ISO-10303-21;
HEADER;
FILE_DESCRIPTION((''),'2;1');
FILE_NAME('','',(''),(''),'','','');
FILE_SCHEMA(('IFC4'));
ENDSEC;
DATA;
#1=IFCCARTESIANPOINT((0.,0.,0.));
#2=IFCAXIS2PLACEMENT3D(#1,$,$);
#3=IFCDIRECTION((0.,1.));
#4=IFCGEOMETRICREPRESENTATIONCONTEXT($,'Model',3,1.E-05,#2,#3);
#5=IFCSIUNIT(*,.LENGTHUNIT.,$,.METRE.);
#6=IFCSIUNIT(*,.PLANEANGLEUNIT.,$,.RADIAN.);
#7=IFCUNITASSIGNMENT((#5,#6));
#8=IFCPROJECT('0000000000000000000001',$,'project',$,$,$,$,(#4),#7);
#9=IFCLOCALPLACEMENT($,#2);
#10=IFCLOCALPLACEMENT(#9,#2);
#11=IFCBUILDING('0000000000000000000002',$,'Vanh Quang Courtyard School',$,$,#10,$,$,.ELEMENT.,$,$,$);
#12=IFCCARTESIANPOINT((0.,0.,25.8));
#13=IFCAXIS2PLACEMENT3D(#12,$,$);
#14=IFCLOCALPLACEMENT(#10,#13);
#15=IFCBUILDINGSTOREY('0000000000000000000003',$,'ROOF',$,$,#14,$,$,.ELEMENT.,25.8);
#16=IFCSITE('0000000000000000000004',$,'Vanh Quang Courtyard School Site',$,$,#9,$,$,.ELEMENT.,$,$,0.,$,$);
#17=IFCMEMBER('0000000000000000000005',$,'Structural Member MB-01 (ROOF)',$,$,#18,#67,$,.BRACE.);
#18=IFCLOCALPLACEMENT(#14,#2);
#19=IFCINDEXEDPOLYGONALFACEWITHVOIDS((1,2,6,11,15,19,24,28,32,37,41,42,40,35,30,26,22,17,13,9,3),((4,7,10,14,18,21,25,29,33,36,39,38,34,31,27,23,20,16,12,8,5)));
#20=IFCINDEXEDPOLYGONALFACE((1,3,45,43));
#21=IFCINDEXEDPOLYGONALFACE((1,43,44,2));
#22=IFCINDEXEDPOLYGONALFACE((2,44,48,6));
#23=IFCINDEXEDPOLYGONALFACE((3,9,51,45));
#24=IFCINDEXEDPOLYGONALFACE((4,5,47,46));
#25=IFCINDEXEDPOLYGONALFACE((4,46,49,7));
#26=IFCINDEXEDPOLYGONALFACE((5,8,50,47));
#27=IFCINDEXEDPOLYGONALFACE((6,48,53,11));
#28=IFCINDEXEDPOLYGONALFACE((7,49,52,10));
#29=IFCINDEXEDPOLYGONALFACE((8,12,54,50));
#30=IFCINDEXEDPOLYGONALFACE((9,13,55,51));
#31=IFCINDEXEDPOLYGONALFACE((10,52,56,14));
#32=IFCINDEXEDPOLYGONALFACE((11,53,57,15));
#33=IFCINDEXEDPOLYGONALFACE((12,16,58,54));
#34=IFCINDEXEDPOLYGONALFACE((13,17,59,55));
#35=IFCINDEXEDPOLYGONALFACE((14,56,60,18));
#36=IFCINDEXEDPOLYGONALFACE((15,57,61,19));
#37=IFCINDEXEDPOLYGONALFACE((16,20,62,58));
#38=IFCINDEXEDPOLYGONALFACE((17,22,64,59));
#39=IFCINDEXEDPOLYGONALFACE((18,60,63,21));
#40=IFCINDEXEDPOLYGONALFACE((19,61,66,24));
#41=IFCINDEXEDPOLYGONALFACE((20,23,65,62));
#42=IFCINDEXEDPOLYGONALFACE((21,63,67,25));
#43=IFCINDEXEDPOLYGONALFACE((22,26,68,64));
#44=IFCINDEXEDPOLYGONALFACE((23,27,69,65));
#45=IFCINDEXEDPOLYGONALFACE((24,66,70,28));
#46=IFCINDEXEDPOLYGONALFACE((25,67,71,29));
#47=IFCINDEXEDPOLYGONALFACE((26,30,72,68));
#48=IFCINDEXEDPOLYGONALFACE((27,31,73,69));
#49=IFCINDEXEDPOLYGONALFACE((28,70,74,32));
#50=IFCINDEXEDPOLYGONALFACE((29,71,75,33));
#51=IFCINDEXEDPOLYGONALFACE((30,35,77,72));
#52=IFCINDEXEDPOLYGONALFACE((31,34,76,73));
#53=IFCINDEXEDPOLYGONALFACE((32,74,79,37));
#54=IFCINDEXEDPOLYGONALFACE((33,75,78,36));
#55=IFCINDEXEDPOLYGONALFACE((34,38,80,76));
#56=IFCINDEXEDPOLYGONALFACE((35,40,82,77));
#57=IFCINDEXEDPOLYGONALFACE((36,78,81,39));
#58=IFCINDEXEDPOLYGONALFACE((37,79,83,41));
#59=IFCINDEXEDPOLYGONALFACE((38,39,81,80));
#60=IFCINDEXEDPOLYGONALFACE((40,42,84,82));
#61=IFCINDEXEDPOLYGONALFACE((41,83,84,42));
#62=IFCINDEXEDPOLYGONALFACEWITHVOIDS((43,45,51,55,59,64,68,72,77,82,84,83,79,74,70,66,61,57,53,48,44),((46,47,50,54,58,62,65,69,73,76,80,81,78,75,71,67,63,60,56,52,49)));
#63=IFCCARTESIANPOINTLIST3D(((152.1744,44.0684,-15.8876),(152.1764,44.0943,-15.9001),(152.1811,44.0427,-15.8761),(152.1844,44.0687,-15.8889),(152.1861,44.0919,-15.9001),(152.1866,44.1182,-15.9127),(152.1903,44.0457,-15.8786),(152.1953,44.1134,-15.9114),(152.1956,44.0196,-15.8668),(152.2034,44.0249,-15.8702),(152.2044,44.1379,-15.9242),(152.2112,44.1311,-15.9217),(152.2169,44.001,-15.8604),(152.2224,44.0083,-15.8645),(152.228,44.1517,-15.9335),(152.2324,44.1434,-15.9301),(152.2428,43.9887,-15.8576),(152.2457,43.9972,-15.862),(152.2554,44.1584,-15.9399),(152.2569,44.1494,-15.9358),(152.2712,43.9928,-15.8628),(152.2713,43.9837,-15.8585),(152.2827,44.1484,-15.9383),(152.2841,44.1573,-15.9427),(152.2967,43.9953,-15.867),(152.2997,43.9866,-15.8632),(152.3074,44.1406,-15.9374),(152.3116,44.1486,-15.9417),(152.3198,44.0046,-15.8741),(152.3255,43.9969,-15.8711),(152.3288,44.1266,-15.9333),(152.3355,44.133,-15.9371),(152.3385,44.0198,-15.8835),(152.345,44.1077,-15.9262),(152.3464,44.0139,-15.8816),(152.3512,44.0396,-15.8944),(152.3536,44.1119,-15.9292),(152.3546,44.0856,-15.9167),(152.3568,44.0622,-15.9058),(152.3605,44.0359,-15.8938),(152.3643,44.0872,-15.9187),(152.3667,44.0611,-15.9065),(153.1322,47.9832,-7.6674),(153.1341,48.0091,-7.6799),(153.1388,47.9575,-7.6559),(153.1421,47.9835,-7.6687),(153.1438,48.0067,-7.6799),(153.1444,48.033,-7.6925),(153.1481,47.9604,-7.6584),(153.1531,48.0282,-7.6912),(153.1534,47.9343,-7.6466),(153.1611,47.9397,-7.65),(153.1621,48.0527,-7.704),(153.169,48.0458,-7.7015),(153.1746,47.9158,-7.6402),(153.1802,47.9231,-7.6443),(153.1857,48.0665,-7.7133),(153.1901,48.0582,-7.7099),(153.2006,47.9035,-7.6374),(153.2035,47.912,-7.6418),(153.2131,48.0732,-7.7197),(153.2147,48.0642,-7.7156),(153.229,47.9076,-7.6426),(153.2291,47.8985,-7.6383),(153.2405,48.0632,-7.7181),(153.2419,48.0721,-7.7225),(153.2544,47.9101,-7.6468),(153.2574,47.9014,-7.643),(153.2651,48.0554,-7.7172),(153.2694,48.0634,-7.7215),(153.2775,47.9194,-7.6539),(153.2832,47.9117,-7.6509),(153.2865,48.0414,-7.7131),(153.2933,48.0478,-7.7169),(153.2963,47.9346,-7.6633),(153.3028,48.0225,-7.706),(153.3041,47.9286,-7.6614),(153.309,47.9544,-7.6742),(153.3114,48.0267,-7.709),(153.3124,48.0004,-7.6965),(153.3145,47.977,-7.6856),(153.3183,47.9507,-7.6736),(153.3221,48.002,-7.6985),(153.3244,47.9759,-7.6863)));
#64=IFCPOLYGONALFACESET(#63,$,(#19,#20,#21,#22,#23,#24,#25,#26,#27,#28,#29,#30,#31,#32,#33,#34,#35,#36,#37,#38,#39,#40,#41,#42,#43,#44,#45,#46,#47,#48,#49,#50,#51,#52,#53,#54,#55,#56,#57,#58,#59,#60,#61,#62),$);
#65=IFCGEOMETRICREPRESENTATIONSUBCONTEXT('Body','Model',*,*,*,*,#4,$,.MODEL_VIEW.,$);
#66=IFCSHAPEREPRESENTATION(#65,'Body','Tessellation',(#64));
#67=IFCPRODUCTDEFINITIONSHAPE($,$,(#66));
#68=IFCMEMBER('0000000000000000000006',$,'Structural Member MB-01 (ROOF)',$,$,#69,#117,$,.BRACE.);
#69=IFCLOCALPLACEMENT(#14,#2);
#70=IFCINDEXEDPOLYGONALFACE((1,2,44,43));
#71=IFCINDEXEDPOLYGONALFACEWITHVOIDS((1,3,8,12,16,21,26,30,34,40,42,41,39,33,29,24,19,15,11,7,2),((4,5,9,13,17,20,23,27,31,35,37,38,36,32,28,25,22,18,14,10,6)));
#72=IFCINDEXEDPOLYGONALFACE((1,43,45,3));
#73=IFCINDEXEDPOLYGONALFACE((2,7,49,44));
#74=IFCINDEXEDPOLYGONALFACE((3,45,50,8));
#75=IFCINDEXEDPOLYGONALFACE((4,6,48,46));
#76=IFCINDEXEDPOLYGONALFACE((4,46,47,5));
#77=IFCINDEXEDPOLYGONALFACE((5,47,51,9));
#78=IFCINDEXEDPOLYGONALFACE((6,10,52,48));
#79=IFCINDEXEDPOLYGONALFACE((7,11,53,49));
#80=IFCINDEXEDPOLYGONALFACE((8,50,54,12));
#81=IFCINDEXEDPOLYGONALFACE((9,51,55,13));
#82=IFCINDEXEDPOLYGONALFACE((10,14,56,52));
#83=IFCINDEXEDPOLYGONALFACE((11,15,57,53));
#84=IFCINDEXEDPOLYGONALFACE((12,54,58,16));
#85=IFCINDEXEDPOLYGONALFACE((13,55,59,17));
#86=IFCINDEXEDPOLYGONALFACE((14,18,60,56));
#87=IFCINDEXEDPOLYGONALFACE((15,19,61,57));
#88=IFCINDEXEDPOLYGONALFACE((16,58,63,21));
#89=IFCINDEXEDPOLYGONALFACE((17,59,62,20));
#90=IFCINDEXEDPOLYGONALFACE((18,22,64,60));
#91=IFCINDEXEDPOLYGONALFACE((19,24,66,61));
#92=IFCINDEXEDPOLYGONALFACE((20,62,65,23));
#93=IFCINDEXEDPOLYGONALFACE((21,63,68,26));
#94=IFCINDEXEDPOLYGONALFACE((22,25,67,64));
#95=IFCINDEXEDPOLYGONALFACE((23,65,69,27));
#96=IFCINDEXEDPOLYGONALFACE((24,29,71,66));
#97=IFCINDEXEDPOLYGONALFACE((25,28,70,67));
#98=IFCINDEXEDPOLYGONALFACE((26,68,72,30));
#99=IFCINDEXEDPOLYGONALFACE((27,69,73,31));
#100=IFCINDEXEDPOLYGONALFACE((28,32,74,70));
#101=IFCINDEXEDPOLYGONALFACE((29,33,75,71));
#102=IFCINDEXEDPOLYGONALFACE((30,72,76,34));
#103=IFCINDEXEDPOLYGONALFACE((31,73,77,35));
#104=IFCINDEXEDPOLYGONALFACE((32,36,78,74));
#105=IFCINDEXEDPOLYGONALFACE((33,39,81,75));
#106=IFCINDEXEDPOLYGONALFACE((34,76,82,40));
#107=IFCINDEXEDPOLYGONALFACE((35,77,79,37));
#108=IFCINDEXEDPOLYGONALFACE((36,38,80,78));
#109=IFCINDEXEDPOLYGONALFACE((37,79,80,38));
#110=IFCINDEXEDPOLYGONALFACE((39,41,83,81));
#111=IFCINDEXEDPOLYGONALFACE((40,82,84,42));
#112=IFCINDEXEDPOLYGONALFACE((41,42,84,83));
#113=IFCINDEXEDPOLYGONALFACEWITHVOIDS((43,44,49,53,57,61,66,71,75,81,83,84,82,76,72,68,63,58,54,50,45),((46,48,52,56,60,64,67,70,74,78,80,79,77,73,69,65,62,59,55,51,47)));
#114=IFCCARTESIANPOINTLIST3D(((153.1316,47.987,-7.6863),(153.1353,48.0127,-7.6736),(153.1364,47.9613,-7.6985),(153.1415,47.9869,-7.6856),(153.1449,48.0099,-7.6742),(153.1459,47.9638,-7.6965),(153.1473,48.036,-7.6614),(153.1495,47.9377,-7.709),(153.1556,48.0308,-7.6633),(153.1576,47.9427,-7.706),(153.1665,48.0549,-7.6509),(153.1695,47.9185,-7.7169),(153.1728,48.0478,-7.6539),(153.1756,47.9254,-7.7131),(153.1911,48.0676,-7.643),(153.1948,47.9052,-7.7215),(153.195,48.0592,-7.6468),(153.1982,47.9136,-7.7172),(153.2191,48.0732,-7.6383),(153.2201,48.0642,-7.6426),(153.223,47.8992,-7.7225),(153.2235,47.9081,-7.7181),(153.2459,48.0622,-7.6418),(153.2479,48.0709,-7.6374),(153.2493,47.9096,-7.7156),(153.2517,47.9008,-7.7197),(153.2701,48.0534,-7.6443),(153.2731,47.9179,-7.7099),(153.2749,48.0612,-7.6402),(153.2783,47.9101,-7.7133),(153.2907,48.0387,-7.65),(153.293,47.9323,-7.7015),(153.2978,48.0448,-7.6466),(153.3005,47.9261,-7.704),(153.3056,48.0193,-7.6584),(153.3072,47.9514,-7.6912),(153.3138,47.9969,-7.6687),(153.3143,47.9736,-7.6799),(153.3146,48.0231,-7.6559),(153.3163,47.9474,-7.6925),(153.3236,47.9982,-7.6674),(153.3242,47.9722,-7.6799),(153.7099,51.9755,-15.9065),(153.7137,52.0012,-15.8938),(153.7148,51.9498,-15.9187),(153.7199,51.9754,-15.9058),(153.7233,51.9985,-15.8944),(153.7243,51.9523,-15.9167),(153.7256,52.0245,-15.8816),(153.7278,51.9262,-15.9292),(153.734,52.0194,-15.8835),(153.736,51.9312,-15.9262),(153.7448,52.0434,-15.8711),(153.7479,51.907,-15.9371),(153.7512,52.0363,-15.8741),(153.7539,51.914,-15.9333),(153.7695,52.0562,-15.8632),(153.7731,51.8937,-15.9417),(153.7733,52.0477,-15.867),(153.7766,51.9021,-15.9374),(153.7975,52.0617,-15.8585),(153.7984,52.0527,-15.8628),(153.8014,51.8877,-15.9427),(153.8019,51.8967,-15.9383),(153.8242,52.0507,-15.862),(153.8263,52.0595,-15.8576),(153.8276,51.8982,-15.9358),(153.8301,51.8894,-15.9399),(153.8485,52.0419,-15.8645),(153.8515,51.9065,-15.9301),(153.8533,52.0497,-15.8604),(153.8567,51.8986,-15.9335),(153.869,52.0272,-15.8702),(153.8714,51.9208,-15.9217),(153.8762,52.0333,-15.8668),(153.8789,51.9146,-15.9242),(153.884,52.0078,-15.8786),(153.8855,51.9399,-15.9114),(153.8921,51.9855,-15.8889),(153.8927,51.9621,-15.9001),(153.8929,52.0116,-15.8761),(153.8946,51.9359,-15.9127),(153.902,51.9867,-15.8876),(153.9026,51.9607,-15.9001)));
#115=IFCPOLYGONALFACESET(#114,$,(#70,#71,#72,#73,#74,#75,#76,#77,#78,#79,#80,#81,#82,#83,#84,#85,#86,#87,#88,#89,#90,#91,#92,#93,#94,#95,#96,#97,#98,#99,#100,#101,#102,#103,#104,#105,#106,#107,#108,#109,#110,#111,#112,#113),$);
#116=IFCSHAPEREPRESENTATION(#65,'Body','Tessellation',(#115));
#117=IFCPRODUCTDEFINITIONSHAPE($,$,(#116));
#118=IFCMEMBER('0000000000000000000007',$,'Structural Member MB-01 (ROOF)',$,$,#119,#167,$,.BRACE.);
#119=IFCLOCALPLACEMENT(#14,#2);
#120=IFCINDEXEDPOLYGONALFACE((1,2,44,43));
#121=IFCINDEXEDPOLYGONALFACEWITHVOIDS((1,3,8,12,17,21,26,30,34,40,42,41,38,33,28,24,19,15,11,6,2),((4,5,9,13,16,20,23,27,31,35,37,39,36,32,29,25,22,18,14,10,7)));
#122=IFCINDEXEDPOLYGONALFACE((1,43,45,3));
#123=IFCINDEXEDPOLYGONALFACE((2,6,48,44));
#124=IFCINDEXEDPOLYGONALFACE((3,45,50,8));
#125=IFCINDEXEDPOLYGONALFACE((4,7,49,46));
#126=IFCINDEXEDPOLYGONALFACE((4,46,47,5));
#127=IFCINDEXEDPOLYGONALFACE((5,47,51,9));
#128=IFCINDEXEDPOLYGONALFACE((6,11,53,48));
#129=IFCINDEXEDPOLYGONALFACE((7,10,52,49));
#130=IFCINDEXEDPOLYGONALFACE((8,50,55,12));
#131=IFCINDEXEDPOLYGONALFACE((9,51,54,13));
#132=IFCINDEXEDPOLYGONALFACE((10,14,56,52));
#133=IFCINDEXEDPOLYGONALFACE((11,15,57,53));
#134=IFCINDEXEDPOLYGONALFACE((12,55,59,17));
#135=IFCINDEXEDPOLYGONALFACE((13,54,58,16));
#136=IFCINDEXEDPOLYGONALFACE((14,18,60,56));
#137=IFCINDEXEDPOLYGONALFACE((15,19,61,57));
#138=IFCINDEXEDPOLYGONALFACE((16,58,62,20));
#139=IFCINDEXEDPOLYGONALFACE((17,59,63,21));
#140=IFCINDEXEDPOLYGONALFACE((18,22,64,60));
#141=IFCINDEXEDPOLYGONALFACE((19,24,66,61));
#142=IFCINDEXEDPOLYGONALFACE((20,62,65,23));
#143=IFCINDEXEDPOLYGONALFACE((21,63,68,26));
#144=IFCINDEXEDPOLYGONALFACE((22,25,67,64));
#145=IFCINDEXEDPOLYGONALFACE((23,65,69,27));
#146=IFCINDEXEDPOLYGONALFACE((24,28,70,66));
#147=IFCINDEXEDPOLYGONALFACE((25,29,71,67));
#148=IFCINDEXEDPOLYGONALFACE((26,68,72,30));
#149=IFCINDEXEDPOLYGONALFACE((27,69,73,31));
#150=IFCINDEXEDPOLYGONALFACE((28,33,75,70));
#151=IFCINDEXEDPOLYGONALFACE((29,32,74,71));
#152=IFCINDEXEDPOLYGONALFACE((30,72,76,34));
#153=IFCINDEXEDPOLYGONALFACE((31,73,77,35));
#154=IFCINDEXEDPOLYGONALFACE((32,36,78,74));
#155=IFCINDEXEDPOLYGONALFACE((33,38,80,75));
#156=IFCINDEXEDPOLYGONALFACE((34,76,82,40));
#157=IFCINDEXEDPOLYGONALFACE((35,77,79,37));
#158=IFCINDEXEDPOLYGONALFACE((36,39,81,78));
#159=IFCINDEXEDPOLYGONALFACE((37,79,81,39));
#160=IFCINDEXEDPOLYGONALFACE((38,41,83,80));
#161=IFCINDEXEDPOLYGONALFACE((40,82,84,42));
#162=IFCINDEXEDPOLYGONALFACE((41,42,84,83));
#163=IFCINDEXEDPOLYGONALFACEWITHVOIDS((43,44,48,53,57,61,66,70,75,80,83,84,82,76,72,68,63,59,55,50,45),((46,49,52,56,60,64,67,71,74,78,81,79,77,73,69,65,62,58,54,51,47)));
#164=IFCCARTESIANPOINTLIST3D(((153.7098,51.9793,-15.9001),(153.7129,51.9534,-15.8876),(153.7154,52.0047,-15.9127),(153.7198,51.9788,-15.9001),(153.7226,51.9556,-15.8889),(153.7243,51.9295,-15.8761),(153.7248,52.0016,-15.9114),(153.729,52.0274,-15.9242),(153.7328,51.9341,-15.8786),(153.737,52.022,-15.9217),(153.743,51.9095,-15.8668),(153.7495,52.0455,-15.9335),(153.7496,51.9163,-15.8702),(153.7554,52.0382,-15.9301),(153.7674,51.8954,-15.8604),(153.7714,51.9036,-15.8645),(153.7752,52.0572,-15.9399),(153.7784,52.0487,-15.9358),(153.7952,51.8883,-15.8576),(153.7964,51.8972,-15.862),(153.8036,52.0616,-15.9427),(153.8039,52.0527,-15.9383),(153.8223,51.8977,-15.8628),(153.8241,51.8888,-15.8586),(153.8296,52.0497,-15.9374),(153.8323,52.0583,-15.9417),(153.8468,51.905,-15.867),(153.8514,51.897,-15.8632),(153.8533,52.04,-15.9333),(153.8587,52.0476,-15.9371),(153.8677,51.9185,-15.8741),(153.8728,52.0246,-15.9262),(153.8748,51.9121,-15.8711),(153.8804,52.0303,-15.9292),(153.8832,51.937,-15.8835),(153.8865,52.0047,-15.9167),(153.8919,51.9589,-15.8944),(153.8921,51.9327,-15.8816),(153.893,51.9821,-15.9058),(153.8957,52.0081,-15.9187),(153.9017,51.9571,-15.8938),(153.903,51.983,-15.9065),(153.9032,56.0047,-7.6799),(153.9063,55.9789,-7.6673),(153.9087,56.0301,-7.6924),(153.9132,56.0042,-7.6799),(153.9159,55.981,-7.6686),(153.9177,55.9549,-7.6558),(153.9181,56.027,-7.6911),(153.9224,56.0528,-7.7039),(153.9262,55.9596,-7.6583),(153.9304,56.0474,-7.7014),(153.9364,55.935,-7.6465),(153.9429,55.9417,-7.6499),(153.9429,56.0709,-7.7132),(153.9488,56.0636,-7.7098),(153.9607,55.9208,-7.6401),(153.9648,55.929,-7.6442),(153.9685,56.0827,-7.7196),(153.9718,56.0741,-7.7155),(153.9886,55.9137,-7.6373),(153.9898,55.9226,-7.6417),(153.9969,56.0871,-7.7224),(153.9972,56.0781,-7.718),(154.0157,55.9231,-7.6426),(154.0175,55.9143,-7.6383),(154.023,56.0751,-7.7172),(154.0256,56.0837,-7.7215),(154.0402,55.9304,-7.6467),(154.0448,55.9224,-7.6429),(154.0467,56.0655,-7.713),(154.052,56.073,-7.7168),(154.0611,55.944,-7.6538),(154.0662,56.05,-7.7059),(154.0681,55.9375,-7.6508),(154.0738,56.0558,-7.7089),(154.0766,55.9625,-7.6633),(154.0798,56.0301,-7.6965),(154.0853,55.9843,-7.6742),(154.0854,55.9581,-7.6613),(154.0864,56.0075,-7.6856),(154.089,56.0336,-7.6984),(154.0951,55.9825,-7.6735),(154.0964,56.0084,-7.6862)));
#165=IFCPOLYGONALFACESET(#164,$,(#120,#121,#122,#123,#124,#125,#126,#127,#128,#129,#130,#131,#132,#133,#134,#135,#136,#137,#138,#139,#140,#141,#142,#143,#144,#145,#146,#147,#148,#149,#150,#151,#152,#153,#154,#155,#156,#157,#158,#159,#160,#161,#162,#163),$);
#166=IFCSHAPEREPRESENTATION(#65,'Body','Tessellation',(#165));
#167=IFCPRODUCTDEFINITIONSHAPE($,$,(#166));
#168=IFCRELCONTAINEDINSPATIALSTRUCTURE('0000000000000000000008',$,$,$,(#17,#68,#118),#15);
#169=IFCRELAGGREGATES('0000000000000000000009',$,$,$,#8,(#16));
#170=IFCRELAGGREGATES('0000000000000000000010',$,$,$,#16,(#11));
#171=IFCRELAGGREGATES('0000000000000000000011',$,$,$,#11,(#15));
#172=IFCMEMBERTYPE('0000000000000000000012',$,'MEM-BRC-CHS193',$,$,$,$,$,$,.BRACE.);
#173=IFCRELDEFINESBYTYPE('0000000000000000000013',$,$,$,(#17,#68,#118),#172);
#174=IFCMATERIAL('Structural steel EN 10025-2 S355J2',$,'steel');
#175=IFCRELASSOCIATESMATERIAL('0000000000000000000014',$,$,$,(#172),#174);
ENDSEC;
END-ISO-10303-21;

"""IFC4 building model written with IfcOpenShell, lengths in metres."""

from ifc_helpers import new_model, si_unit, direction, frame, origin, origin_2d, place, context, subcontext, project, spatial, hollow_circle, extrude, material, material_profile, profile_set, type_object, element, save


model = new_model("IFC4")

# Units and contexts
model_context = context("Model", 3, precision=1e-05, world=origin(), true_north=direction((0.0, 1.0)))
body_context = subcontext(model_context, "Body", "Model", "MODEL_VIEW")
ifc_project = project(units=[si_unit("LENGTHUNIT", "METRE"), si_unit("PLANEANGLEUNIT", "RADIAN")], contexts=[model_context])

# Site, building, storey
site_placement = place(None, origin())
site = spatial("IfcSite", under=ifc_project, at=site_placement, Name="Vanh Quang Courtyard School Site", CompositionType="ELEMENT", RefElevation=0.0)
building_placement = place(site_placement, origin())
building = spatial("IfcBuilding", under=site, at=building_placement, Name="Vanh Quang Courtyard School", CompositionType="ELEMENT")
storey_placement = place(building_placement, frame((0.0, 0.0, 25.8)))
storey = spatial("IfcBuildingStorey", under=building, at=storey_placement, Name="ROOF", CompositionType="ELEMENT", Elevation=25.8)

# Shared definitions
ifc_material_1 = material(Name="Structural steel EN 10025-2 S355J2", Category="steel")

# Members
ifc_material_profile_1 = material_profile(ifc_material_1, hollow_circle(Radius=0.0969, WallThickness=0.01, at=origin_2d()), Name="CHS 193.7x10")
ifc_profile_set_1 = profile_set([ifc_material_profile_1], Name="Structural steel EN 10025-2 S355J2")
member_type_1 = type_object("IfcMemberType", Name="MEM-BRC-CHS193", PredefinedType="BRACE", material=ifc_profile_set_1)
for number, where, z_axis, x_axis, name in (
    (1, (152.2705, 44.0713, -15.9001), (0.104616, 0.427611, 0.897889), (-0.971352, 0.237644, 0.0), "Structural Member MB-01 (ROOF)"),
    (2, (153.8066, 51.9746, -15.9001), (-0.063175, -0.435664, 0.897889), (0.989649, -0.143507, 0.0), "Structural Member MB-01 (ROOF)"),
    (3, (153.8066, 51.9746, -15.9001), (0.021121, 0.439696, 0.897898), (-0.998848, 0.04798, 0.0), "Structural Member MB-01 (ROOF)"),
):
    element("IfcMember", number, at=place(storey_placement, frame(where, z_axis=z_axis, x_axis=x_axis)), inside=storey, type_object=member_type_1, Name=name, PredefinedType="BRACE", context=body_context, shape_type="SweptSolid", body=[
        extrude(hollow_circle(Radius=0.0969, WallThickness=0.01, at=origin_2d()), origin(), (0.0, 0.0, 1.0), 9.155),
    ])

save(model, "model.ifc")
